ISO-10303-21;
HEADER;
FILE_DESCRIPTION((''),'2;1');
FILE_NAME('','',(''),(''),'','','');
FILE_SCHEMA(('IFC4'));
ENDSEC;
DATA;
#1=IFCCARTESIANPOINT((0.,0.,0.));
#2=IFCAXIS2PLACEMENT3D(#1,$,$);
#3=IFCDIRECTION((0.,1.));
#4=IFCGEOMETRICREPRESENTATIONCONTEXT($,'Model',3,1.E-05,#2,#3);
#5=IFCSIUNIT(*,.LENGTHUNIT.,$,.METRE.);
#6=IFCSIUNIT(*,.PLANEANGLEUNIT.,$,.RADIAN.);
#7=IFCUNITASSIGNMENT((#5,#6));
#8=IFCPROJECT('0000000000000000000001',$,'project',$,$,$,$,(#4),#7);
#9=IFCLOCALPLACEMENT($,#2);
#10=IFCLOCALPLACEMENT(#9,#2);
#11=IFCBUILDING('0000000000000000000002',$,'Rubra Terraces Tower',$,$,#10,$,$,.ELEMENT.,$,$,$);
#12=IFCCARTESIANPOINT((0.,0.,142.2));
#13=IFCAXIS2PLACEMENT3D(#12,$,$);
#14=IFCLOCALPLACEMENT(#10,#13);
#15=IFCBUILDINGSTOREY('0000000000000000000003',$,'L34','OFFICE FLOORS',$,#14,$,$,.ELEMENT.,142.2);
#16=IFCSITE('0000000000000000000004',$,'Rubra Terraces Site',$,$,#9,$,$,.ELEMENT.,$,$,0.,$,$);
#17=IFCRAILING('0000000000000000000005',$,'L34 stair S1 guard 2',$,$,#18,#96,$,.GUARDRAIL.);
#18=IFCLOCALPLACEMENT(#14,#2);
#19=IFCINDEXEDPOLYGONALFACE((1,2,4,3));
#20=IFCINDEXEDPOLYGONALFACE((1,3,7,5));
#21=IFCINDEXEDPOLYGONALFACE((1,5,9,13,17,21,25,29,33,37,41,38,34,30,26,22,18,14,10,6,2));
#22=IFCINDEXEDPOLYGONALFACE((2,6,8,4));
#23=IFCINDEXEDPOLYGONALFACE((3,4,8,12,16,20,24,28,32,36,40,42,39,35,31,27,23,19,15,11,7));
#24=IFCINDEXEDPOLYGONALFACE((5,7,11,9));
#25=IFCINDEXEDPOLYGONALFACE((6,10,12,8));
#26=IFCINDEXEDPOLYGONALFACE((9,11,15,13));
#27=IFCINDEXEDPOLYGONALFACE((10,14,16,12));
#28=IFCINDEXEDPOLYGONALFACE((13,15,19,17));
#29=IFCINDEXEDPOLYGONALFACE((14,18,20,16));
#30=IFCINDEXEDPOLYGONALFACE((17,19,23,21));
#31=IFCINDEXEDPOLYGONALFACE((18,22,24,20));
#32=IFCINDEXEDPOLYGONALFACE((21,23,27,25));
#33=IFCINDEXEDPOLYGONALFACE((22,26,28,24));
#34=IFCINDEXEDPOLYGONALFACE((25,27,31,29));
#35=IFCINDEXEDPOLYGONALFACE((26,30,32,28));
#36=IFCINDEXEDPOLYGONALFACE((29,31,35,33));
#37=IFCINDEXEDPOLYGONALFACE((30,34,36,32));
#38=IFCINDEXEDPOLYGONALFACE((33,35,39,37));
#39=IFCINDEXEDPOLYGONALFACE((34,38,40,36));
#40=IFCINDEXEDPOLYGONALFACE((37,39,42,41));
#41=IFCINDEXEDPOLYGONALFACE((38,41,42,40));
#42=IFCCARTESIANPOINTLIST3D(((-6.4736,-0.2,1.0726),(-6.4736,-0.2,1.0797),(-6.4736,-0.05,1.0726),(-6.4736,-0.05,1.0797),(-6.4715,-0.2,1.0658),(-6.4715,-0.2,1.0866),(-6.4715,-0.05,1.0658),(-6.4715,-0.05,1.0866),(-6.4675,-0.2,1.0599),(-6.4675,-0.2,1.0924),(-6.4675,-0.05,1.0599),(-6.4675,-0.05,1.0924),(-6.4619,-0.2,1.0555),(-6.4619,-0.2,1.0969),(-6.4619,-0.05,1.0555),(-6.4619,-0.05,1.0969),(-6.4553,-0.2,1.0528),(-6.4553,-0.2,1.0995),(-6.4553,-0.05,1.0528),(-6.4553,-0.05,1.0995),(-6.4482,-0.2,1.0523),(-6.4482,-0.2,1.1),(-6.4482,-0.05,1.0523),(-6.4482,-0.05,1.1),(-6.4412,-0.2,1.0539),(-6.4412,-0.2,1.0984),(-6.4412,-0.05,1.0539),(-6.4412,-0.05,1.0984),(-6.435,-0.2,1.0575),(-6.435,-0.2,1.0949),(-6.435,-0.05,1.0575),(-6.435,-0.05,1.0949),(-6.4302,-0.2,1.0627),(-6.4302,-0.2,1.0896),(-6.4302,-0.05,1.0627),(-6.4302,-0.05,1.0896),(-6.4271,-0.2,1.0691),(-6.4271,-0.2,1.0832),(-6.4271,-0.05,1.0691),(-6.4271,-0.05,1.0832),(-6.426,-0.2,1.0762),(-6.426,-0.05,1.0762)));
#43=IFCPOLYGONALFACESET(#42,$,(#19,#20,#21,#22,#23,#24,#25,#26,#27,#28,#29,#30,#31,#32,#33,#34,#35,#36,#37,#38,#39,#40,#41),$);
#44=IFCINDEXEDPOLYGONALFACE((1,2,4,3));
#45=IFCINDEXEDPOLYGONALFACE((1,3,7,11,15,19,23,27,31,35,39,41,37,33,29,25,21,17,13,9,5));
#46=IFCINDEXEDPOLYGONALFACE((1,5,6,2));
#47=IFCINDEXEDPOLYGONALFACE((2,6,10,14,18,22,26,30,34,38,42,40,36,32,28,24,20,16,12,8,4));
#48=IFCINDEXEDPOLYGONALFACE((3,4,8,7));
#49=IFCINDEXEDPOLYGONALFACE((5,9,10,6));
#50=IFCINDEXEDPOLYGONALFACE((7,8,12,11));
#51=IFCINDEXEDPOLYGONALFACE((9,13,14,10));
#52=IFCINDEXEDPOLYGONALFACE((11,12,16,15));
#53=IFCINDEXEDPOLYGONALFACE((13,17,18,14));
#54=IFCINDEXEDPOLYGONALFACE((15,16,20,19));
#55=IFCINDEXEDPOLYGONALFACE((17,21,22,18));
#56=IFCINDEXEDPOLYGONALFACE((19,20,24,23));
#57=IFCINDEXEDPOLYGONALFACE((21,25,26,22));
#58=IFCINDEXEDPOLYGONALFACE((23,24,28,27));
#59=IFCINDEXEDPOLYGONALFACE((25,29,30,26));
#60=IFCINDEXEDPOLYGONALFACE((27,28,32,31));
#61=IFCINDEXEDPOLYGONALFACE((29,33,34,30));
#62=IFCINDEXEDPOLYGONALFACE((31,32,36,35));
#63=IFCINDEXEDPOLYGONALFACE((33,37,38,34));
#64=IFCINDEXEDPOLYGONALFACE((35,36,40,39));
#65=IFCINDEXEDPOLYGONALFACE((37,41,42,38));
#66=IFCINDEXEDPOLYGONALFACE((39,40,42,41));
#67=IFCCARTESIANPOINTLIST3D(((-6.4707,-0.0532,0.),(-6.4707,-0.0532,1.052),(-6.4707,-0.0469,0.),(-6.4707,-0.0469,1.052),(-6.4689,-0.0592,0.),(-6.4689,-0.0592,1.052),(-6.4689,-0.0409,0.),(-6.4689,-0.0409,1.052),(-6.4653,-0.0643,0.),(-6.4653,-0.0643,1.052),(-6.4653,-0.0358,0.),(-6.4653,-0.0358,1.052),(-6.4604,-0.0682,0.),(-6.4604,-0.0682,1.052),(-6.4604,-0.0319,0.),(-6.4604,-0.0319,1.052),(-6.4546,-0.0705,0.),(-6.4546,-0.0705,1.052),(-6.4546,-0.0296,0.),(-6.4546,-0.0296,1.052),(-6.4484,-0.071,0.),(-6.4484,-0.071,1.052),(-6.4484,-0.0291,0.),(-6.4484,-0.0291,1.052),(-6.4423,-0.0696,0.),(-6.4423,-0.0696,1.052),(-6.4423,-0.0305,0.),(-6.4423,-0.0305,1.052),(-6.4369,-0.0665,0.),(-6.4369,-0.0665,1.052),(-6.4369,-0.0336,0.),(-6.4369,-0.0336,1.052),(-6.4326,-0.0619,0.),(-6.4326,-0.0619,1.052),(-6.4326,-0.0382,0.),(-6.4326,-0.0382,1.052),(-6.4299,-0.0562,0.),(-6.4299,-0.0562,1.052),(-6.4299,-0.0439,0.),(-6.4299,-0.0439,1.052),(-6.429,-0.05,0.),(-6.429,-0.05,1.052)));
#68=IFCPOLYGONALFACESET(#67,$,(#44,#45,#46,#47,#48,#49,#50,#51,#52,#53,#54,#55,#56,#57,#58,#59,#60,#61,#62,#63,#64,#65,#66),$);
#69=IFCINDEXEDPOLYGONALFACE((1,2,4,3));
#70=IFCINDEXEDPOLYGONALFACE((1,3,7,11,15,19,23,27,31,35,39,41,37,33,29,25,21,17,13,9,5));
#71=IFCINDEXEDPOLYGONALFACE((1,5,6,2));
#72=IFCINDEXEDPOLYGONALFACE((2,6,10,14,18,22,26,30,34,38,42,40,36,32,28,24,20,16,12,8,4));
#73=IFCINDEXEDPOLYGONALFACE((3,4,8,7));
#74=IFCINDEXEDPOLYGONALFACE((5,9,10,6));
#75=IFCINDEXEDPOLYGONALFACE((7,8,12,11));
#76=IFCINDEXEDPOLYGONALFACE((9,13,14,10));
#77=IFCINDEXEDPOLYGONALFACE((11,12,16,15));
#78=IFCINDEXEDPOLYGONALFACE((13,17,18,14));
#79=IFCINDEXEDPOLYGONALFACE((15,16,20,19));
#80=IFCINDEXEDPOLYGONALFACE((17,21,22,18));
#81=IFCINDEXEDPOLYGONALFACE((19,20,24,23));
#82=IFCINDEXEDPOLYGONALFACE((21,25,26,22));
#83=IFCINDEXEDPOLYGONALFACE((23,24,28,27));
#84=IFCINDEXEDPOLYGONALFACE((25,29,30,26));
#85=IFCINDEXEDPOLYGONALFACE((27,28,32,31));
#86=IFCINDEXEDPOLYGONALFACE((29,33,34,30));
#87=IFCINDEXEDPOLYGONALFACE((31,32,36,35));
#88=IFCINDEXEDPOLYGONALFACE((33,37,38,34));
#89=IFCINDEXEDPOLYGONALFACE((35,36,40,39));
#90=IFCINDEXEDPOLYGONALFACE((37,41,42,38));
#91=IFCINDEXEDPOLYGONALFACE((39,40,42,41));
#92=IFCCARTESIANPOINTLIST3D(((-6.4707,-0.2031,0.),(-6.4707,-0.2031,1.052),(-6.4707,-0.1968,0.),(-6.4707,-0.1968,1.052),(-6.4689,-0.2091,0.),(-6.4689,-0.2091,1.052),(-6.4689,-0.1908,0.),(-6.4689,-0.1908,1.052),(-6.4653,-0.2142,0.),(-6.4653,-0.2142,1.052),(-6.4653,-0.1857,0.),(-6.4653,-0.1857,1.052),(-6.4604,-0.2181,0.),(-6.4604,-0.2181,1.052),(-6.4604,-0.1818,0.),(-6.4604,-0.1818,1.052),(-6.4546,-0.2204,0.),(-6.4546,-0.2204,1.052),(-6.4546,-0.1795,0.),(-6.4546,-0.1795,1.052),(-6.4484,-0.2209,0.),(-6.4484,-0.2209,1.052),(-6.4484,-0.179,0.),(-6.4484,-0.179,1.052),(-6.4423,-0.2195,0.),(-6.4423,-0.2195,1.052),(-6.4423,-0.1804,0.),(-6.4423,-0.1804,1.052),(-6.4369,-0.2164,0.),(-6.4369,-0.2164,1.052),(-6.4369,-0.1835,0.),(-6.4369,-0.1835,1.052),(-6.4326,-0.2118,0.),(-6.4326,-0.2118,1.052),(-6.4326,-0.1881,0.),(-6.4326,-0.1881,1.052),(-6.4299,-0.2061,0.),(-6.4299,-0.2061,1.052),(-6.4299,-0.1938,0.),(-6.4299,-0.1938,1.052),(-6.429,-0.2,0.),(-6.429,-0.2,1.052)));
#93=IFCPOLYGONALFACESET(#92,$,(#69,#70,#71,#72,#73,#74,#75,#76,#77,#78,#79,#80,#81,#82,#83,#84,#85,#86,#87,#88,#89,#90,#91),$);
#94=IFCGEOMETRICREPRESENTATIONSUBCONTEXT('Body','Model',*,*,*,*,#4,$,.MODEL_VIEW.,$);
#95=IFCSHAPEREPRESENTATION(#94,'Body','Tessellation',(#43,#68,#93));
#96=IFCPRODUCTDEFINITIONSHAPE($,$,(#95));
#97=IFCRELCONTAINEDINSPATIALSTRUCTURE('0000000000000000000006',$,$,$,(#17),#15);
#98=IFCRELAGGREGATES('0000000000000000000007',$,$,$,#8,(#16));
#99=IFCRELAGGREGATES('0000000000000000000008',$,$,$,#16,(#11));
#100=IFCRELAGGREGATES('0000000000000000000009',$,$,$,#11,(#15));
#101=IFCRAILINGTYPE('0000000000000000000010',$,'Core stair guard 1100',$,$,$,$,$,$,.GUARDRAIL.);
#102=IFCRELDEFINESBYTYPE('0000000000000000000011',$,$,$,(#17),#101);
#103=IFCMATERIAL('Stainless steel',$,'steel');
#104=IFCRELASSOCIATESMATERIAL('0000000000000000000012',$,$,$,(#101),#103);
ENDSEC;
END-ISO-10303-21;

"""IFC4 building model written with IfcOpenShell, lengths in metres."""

from ifc_helpers import new_model, si_unit, direction, frame, origin, origin_2d, place, context, subcontext, project, spatial, circle, extrude, material, type_object, element, save


model = new_model("IFC4")

# Units and contexts
model_context = context("Model", 3, precision=1e-05, world=origin(), true_north=direction((0.0, 1.0)))
body_context = subcontext(model_context, "Body", "Model", "MODEL_VIEW")
ifc_project = project(units=[si_unit("LENGTHUNIT", "METRE"), si_unit("PLANEANGLEUNIT", "RADIAN")], contexts=[model_context])

# Site, building, storey
site_placement = place(None, origin())
site = spatial("IfcSite", under=ifc_project, at=site_placement, Name="Rubra Terraces Site", CompositionType="ELEMENT", RefElevation=0.0)
building_placement = place(site_placement, origin())
building = spatial("IfcBuilding", under=site, at=building_placement, Name="Rubra Terraces Tower", CompositionType="ELEMENT")
storey_placement = place(building_placement, frame((0.0, 0.0, 142.2)))
storey = spatial("IfcBuildingStorey", under=building, at=storey_placement, Name="L34", Description="OFFICE FLOORS", CompositionType="ELEMENT", Elevation=142.2)

# Railing
ifc_material_1 = material(Name="Stainless steel", Category="steel")
railing_type = type_object("IfcRailingType", Name="Core stair guard 1100", PredefinedType="GUARDRAIL", material=ifc_material_1)
railing_1_placement = place(storey_placement, frame((-6.45, -0.05, 0.0)))
element("IfcRailing", 1, at=railing_1_placement, inside=storey, type_object=railing_type, Name="L34 stair S1 guard 2", PredefinedType="GUARDRAIL", context=body_context, shape_type="SweptSolid", body=[
    extrude(circle(Radius=0.0239, at=origin_2d()), frame((0.0, 0.0, 1.0762), z_axis=(0.0, -1.0, 0.0), x_axis=(1.0, 0.0, 0.0)), (0.0, 0.0, 1.0), 0.1499),
    extrude(circle(Radius=0.021, at=origin_2d()), origin(), (0.0, 0.0, 1.0), 1.052),
    extrude(circle(Radius=0.021, at=origin_2d()), frame((0.0, -0.1499, 0.0)), (0.0, 0.0, 1.0), 1.052),
])

save(model, "model.ifc")
